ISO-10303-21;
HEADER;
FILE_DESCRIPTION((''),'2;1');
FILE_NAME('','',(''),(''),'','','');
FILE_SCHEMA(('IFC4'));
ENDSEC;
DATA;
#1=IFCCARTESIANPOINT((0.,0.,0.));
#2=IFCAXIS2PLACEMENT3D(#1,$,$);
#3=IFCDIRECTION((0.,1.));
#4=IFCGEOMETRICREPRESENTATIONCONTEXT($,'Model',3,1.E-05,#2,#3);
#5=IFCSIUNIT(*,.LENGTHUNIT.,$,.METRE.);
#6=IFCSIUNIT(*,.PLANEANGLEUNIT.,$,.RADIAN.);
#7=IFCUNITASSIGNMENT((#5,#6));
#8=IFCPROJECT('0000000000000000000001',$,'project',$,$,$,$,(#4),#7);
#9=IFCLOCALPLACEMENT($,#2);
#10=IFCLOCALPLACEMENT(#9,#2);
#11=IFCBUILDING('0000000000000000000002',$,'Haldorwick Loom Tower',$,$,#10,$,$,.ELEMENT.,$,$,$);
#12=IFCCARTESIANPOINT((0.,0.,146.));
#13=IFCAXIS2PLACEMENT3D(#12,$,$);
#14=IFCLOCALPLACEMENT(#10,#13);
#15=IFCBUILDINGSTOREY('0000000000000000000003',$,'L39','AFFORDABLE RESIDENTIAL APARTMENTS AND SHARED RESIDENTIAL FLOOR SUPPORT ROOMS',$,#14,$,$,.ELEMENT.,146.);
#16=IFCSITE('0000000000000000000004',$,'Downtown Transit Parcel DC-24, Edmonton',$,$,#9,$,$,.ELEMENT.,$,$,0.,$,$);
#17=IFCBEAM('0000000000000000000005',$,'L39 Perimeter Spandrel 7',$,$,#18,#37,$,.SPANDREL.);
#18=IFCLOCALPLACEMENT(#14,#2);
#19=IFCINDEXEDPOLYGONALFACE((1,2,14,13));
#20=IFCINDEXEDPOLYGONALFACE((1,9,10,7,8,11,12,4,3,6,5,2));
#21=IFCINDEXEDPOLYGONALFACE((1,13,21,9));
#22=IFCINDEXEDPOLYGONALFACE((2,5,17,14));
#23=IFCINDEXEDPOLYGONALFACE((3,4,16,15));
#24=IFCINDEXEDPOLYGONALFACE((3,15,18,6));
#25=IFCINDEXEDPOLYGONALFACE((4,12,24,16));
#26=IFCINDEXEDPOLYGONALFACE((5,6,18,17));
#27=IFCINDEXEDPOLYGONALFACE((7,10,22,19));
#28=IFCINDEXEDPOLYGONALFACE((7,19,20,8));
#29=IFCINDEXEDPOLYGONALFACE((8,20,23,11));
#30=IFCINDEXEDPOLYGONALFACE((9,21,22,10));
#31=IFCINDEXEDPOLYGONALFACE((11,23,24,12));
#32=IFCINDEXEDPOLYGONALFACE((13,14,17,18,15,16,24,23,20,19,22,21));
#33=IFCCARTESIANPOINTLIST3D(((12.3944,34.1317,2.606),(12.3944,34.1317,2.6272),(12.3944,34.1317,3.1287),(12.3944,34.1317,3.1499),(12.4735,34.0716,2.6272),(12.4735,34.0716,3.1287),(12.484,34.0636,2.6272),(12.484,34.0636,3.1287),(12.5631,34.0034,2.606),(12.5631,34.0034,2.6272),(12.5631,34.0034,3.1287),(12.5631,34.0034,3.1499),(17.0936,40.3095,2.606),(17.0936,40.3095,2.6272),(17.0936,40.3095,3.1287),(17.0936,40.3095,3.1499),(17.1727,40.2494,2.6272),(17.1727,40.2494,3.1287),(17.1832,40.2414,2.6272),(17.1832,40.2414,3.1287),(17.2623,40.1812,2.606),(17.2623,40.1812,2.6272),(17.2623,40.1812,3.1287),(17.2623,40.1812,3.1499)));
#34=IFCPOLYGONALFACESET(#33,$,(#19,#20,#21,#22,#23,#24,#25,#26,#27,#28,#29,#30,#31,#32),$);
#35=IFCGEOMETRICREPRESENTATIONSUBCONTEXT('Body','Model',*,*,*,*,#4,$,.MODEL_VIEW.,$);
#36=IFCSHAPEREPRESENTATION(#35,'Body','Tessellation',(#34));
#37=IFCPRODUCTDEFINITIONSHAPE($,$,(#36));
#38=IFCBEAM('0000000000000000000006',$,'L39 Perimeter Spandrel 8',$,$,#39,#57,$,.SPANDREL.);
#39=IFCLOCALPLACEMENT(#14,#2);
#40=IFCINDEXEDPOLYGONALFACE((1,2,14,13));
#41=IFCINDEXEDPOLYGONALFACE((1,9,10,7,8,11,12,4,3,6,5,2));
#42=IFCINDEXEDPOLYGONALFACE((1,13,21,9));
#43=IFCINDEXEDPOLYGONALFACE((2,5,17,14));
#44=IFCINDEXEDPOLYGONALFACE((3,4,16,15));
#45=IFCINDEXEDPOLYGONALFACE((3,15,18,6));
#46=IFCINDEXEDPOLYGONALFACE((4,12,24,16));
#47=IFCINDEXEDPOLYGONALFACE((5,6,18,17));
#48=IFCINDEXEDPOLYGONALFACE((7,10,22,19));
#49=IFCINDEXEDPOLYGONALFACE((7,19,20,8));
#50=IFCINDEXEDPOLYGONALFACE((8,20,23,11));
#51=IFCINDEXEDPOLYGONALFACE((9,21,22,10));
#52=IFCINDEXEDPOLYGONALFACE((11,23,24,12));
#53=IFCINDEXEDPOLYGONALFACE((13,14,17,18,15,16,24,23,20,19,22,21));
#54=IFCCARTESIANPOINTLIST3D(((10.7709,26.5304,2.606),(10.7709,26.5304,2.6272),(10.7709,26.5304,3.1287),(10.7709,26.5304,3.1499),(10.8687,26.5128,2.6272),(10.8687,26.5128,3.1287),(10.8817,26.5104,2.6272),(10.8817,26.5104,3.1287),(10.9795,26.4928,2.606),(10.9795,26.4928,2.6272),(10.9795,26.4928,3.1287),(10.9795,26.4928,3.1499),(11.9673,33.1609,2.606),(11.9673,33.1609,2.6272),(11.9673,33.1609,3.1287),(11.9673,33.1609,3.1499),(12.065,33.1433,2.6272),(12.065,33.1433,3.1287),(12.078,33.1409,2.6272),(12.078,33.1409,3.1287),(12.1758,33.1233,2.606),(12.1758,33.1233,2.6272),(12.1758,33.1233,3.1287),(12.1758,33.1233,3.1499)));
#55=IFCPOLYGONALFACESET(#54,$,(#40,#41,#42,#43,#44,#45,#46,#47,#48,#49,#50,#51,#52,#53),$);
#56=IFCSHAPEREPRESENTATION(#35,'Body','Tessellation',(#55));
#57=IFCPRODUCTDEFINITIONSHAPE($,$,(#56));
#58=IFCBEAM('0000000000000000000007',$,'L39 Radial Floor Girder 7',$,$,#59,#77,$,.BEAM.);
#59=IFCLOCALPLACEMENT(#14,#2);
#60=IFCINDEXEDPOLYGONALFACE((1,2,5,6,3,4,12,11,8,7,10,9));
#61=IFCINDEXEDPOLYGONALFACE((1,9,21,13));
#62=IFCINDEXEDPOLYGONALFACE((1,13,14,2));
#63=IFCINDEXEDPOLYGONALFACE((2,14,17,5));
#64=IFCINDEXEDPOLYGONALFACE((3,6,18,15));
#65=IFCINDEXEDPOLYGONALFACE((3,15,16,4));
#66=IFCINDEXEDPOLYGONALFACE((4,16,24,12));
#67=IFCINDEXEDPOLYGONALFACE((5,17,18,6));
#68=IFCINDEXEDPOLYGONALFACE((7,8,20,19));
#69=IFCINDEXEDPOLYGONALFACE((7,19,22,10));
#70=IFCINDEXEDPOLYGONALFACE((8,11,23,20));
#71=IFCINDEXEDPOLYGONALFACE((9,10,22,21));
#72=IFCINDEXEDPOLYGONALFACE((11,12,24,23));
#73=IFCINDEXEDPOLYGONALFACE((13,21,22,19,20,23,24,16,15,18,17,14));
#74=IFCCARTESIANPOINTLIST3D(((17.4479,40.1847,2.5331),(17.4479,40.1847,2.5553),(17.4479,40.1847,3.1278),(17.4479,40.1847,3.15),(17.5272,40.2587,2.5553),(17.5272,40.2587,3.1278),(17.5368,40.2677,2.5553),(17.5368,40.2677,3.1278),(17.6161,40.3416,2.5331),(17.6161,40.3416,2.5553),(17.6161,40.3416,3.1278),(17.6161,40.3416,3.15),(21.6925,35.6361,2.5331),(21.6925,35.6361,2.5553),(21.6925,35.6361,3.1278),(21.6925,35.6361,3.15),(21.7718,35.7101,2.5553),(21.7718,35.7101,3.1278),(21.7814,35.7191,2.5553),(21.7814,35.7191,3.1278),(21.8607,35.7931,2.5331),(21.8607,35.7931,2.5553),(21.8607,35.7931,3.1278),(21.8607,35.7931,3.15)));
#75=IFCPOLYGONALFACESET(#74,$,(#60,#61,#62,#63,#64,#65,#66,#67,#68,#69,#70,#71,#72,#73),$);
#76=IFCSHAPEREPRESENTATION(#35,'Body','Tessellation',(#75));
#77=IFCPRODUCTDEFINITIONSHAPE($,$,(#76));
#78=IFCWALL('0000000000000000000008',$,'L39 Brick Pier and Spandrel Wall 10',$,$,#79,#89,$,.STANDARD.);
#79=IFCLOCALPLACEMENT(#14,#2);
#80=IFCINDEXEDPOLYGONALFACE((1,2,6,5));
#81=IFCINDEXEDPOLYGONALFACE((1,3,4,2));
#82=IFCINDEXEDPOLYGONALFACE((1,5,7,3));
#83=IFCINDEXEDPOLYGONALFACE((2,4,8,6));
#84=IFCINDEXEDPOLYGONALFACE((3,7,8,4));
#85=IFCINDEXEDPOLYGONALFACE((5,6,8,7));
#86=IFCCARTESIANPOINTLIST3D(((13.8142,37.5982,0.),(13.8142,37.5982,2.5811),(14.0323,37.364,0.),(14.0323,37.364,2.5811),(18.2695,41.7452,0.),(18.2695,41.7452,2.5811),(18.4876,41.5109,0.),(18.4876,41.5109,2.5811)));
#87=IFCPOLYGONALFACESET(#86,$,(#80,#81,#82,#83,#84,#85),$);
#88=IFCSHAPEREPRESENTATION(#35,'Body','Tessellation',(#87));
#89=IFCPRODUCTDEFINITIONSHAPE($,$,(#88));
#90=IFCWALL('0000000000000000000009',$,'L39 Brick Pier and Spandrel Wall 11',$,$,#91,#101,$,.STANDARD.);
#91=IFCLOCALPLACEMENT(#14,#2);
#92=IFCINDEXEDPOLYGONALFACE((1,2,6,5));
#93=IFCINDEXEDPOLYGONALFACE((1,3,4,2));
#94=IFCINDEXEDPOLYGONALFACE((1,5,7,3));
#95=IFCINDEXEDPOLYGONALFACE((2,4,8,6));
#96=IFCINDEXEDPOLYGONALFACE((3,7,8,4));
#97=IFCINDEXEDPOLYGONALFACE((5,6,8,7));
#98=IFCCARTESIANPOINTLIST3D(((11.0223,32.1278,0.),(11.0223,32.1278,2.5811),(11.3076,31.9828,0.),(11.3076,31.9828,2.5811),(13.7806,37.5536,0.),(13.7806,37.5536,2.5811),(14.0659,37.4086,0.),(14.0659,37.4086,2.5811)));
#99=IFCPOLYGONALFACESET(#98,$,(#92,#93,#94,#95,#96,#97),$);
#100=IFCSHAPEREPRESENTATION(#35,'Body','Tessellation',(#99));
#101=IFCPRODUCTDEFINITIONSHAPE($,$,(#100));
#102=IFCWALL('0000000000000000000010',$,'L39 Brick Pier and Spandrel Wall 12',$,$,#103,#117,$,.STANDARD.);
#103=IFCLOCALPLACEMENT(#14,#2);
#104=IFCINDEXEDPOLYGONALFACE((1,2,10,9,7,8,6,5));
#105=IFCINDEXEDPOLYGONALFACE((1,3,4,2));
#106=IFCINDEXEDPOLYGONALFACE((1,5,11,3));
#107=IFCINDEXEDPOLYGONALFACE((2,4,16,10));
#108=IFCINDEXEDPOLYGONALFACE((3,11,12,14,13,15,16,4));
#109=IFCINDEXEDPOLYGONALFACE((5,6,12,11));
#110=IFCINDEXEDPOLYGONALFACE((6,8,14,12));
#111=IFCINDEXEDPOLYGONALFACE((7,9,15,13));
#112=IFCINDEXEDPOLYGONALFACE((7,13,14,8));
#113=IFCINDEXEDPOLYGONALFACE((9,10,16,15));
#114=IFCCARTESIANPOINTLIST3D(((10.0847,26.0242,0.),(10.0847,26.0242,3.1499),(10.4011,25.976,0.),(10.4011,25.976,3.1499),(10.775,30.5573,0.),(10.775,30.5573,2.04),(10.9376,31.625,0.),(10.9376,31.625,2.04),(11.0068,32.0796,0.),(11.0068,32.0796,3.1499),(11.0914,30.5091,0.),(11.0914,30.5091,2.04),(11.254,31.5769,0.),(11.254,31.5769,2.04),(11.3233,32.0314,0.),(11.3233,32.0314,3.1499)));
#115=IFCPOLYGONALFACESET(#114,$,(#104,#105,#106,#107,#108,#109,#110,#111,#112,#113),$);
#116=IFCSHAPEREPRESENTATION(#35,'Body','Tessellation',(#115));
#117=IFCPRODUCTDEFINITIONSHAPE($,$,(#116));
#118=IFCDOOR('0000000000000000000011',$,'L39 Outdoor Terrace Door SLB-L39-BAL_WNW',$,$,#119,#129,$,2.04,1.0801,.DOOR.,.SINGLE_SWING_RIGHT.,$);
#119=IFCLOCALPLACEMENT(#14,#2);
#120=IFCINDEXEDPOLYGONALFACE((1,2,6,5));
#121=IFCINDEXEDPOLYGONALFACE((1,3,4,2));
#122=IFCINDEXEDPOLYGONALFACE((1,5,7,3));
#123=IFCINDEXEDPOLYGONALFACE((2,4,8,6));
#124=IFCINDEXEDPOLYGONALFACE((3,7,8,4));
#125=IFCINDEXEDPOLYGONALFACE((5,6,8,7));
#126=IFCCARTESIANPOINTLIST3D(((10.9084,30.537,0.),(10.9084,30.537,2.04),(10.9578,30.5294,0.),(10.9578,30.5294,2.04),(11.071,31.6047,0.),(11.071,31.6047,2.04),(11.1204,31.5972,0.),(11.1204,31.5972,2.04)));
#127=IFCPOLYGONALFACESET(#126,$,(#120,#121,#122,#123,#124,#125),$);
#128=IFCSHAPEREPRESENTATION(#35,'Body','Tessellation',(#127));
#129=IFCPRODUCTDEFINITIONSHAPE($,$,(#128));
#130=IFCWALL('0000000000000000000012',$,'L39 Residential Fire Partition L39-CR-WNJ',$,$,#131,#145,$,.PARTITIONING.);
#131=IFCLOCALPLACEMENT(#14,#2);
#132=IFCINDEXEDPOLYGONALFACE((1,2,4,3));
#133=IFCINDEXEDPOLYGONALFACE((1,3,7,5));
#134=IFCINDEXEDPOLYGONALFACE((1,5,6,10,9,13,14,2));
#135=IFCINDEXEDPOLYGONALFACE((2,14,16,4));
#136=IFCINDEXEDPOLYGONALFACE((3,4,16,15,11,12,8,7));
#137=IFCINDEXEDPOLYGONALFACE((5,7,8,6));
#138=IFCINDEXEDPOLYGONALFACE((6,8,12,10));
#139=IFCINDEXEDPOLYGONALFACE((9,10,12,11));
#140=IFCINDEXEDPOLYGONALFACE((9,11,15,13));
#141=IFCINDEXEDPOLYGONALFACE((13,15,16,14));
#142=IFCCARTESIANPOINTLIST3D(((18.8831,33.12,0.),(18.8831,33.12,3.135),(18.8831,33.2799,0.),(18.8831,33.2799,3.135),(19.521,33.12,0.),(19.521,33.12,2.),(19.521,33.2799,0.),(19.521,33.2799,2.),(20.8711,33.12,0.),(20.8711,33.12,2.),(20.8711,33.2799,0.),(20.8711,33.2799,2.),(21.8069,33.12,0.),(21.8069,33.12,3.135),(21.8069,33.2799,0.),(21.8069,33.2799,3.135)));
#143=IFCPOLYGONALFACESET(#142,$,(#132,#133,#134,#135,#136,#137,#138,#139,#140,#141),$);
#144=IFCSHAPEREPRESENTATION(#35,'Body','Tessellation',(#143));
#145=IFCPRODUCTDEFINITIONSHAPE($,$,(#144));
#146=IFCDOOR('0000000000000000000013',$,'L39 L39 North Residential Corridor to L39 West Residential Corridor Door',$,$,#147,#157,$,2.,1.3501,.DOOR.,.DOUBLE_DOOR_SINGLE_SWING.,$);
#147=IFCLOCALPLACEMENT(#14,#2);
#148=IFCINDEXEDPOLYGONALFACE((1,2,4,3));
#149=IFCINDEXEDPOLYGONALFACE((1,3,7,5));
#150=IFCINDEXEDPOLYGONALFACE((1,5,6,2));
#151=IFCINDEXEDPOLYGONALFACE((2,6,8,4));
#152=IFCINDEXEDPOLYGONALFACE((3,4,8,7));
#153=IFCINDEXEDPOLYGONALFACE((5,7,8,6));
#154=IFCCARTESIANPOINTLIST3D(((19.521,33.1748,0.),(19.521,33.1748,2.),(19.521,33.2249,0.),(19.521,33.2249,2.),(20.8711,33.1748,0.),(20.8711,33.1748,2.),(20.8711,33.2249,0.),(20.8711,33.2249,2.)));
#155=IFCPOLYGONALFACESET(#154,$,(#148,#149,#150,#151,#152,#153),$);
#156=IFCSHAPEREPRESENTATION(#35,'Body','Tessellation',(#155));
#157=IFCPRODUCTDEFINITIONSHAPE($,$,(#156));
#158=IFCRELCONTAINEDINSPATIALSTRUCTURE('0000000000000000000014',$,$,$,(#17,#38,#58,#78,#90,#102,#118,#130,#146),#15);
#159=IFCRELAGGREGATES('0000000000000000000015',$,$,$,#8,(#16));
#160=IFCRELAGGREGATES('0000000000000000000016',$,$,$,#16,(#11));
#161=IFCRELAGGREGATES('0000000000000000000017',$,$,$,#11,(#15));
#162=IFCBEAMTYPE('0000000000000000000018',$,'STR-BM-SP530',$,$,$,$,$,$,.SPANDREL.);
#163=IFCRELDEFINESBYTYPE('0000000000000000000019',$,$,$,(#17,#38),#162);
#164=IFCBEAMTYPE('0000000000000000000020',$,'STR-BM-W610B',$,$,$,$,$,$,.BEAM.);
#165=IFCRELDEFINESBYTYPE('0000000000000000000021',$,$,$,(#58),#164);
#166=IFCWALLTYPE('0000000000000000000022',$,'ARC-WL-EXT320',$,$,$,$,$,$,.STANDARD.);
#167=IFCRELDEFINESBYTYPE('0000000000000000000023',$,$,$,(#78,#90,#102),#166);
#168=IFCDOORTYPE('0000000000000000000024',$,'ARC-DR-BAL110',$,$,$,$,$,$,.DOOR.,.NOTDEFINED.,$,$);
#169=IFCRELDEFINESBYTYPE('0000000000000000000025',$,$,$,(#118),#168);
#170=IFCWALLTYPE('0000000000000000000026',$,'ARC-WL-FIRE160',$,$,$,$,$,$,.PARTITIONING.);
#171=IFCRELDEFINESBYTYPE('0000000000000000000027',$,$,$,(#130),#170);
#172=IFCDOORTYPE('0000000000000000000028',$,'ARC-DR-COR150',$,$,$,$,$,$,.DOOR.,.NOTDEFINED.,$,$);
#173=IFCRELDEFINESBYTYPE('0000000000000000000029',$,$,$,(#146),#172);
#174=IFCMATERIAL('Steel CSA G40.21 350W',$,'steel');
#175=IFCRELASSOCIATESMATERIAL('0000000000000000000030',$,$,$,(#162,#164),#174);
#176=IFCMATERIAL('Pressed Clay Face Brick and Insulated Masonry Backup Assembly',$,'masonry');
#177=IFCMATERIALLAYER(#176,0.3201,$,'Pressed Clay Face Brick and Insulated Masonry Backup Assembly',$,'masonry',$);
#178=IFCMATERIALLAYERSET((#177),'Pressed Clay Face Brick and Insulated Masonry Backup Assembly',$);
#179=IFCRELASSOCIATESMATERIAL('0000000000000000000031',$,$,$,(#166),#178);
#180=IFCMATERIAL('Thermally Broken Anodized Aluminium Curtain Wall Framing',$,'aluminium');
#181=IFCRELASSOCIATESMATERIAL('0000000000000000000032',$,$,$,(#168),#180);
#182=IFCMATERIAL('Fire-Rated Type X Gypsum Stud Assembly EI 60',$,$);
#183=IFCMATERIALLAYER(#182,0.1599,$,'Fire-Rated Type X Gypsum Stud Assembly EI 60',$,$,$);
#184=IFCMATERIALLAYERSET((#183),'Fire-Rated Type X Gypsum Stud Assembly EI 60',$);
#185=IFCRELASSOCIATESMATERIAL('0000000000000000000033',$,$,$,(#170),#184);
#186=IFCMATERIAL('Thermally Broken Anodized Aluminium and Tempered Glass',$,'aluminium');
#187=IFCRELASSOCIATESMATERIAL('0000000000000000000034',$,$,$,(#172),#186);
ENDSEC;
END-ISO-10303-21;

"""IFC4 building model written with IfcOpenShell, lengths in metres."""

from ifc_helpers import new_model, si_unit, direction, frame, frame_2d, origin, origin_2d, place, context, subcontext, project, spatial, rectangle, i_section, extrude, material, layer, layer_set, material_profile, profile_set, type_object, element, fill, save


model = new_model("IFC4")

# Units and contexts
model_context = context("Model", 3, precision=1e-05, world=origin(), true_north=direction((0.0, 1.0)))
body_context = subcontext(model_context, "Body", "Model", "MODEL_VIEW")
ifc_project = project(units=[si_unit("LENGTHUNIT", "METRE"), si_unit("PLANEANGLEUNIT", "RADIAN")], contexts=[model_context])

# Site, building, storey
site_placement = place(None, origin())
site = spatial("IfcSite", under=ifc_project, at=site_placement, Name="Downtown Transit Parcel DC-24, Edmonton", CompositionType="ELEMENT", RefElevation=0.0)
building_placement = place(site_placement, origin())
building = spatial("IfcBuilding", under=site, at=building_placement, Name="Haldorwick Loom Tower", CompositionType="ELEMENT")
storey_placement = place(building_placement, frame((0.0, 0.0, 146.0)))
storey = spatial("IfcBuildingStorey", under=building, at=storey_placement, Name="L39", Description="AFFORDABLE RESIDENTIAL APARTMENTS AND SHARED RESIDENTIAL FLOOR SUPPORT ROOMS", CompositionType="ELEMENT", Elevation=146.0)

# Beams
ifc_material_1 = material(Name="Steel CSA G40.21 350W", Category="steel")
ifc_material_profile_1 = material_profile(ifc_material_1, i_section(OverallWidth=0.2119, OverallDepth=0.5439, WebThickness=0.0132, FlangeThickness=0.0212, at=origin_2d()), Name="W530X123", Category="steel")
ifc_profile_set_1 = profile_set([ifc_material_profile_1], Name="Steel CSA G40.21 350W")
beam_type_1 = type_object("IfcBeamType", Name="STR-BM-SP530", PredefinedType="SPANDREL", material=ifc_profile_set_1)
beam_1_placement = place(storey_placement, frame((17.178, 40.2454, 2.8779), z_axis=(-0.605421, -0.795905, 0.0), x_axis=(0.795905, -0.605421, 0.0)))
element("IfcBeam", 1, at=beam_1_placement, inside=storey, type_object=beam_type_1, Name="L39 Perimeter Spandrel 7", PredefinedType="SPANDREL", context=body_context, shape_type="SweptSolid", body=[
    extrude(i_section(OverallWidth=0.2119, OverallDepth=0.5439, WebThickness=0.0132, FlangeThickness=0.0212, at=origin_2d()), origin(), (0.0, 0.0, 1.0), 7.762),
])
beam_2_placement = place(storey_placement, frame((12.0715, 33.1421, 2.8779), z_axis=(-0.177559, -0.98411, 0.0), x_axis=(0.98411, -0.177559, 0.0)))
element("IfcBeam", 2, at=beam_2_placement, inside=storey, type_object=beam_type_1, Name="L39 Perimeter Spandrel 8", PredefinedType="SPANDREL", context=body_context, shape_type="SweptSolid", body=[
    extrude(i_section(OverallWidth=0.2119, OverallDepth=0.5439, WebThickness=0.0132, FlangeThickness=0.0212, at=origin_2d()), origin(), (0.0, 0.0, 1.0), 6.7375),
])
ifc_material_profile_2 = material_profile(ifc_material_1, i_section(OverallWidth=0.23, OverallDepth=0.6169, WebThickness=0.0132, FlangeThickness=0.0222, at=origin_2d()), Name="W610X140", Category="steel")
ifc_profile_set_2 = profile_set([ifc_material_profile_2], Name="Steel CSA G40.21 350W")
beam_type_2 = type_object("IfcBeamType", Name="STR-BM-W610B", PredefinedType="BEAM", material=ifc_profile_set_2)
beam_3_placement = place(storey_placement, frame((21.7766, 35.7146, 2.8416), z_axis=(-0.682257, 0.731113, 0.0), x_axis=(-0.731113, -0.682257, 0.0)))
element("IfcBeam", 3, at=beam_3_placement, inside=storey, type_object=beam_type_2, Name="L39 Radial Floor Girder 7", PredefinedType="BEAM", context=body_context, shape_type="SweptSolid", body=[
    extrude(i_section(OverallWidth=0.23, OverallDepth=0.6169, WebThickness=0.0132, FlangeThickness=0.0222, at=origin_2d()), origin(), (0.0, 0.0, 1.0), 6.2214),
])

# Walls
ifc_material_2 = material(Name="Pressed Clay Face Brick and Insulated Masonry Backup Assembly", Category="masonry")
ifc_layer_1 = layer(ifc_material_2, 0.3201, Name="Pressed Clay Face Brick and Insulated Masonry Backup Assembly", Category="masonry")
ifc_layer_set_1 = layer_set([ifc_layer_1], Name="Pressed Clay Face Brick and Insulated Masonry Backup Assembly")
wall_type_1 = type_object("IfcWallType", Name="ARC-WL-EXT320", PredefinedType="STANDARD", material=ifc_layer_set_1)
for number, where, z_axis, x_axis, name in (
    (4, (18.3787, 41.6282, 0.0), (0.0, 0.0, 1.0), (-0.731983, -0.681323, 0.0), "L39 Brick Pier and Spandrel Wall 10"),
    (5, (13.9233, 37.4812, 0.0), (0.0, 0.0, 1.0), (-0.453172, -0.891423, 0.0), "L39 Brick Pier and Spandrel Wall 11"),
):
    element("IfcWall", number, at=place(storey_placement, frame(where, z_axis=z_axis, x_axis=x_axis)), inside=storey, type_object=wall_type_1, Name=name, PredefinedType="STANDARD", context=body_context, shape_type="SweptSolid", body=[
        extrude(rectangle(XDim=6.0867, YDim=0.3201, at=frame_2d((3.0435, 0.0))), origin(), (0.0, 0.0, 1.0), 2.5811),
    ])

# Walls, openings, doors
wall_1_placement = place(storey_placement, frame((11.165, 32.0554, 0.0), z_axis=(0.0, 0.0, 1.0), x_axis=(-0.150544, -0.988603, 0.0)))
wall_1 = element("IfcWall", 6, at=wall_1_placement, inside=storey, type_object=wall_type_1, Name="L39 Brick Pier and Spandrel Wall 12", PredefinedType="STANDARD", context=body_context, shape_type="SweptSolid", body=[
    extrude(rectangle(XDim=6.1252, YDim=0.3201, at=frame_2d((3.0625, 0.0))), origin(), (0.0, 0.0, 1.0), 3.1499),
])
opening_1_placement = place(wall_1_placement, frame((0.4597, 0.0, 0.0)))
opening_1 = element("IfcOpeningElement", 7, at=opening_1_placement, cuts=wall_1, PredefinedType="OPENING", context=body_context, shape_type="SweptSolid", body=[
    extrude(rectangle(XDim=1.0801, YDim=2.04, at=frame_2d((0.54, 1.02))), frame((0.0, 0.1699, 0.0), z_axis=(0.0, -1.0, 0.0), x_axis=(1.0, 0.0, 0.0)), (0.0, 0.0, 1.0), 0.3401),
])
ifc_material_3 = material(Name="Thermally Broken Anodized Aluminium Curtain Wall Framing", Category="aluminium")
door_type_1 = type_object("IfcDoorType", Name="ARC-DR-BAL110", OperationType="NOTDEFINED", PredefinedType="DOOR", material=ifc_material_3)
door_1_placement = place(opening_1_placement, origin())
door_1 = element("IfcDoor", 8, at=door_1_placement, inside=storey, type_object=door_type_1, Name="L39 Outdoor Terrace Door SLB-L39-BAL_WNW", OperationType="SINGLE_SWING_RIGHT", OverallHeight=2.04, OverallWidth=1.0801, PredefinedType="DOOR", context=body_context, shape_type="SweptSolid", body=[
    extrude(rectangle(XDim=1.0801, YDim=2.04, at=frame_2d((0.54, 1.02))), frame((0.0, 0.0249, 0.0), z_axis=(0.0, -1.0, 0.0), x_axis=(1.0, 0.0, 0.0)), (0.0, 0.0, 1.0), 0.05),
])
fill(opening_1, door_1)
ifc_material_4 = material(Name="Fire-Rated Type X Gypsum Stud Assembly EI 60")
ifc_layer_2 = layer(ifc_material_4, 0.1599, Name="Fire-Rated Type X Gypsum Stud Assembly EI 60")
ifc_layer_set_2 = layer_set([ifc_layer_2], Name="Fire-Rated Type X Gypsum Stud Assembly EI 60")
wall_type_2 = type_object("IfcWallType", Name="ARC-WL-FIRE160", PredefinedType="PARTITIONING", material=ifc_layer_set_2)
wall_2_placement = place(storey_placement, frame((18.8831, 33.2, 0.0), z_axis=(0.0, 0.0, 1.0), x_axis=(1.0, 0.0, 0.0)))
wall_2 = element("IfcWall", 9, at=wall_2_placement, inside=storey, type_object=wall_type_2, Name="L39 Residential Fire Partition L39-CR-WNJ", PredefinedType="PARTITIONING", context=body_context, shape_type="SweptSolid", body=[
    extrude(rectangle(XDim=2.9238, YDim=0.1599, at=frame_2d((1.4619, 0.0))), origin(), (0.0, 0.0, 1.0), 3.135),
])
opening_2_placement = place(wall_2_placement, frame((0.6379, 0.0, 0.0)))
opening_2 = element("IfcOpeningElement", 10, at=opening_2_placement, cuts=wall_2, PredefinedType="OPENING", context=body_context, shape_type="SweptSolid", body=[
    extrude(rectangle(XDim=1.3501, YDim=2.0, at=frame_2d((0.675, 1.0))), frame((0.0, 0.0898, 0.0), z_axis=(0.0, -1.0, 0.0), x_axis=(1.0, 0.0, 0.0)), (0.0, 0.0, 1.0), 0.1799),
])
ifc_material_5 = material(Name="Thermally Broken Anodized Aluminium and Tempered Glass", Category="aluminium")
door_type_2 = type_object("IfcDoorType", Name="ARC-DR-COR150", OperationType="NOTDEFINED", PredefinedType="DOOR", material=ifc_material_5)
door_2_placement = place(opening_2_placement, origin())
door_2 = element("IfcDoor", 11, at=door_2_placement, inside=storey, type_object=door_type_2, Name="L39 L39 North Residential Corridor to L39 West Residential Corridor Door", OperationType="DOUBLE_DOOR_SINGLE_SWING", OverallHeight=2.0, OverallWidth=1.3501, PredefinedType="DOOR", context=body_context, shape_type="SweptSolid", body=[
    extrude(rectangle(XDim=1.3501, YDim=2.0, at=frame_2d((0.675, 1.0))), frame((0.0, 0.0249, 0.0), z_axis=(0.0, -1.0, 0.0), x_axis=(1.0, 0.0, 0.0)), (0.0, 0.0, 1.0), 0.05),
])
fill(opening_2, door_2)

save(model, "model.ifc")
